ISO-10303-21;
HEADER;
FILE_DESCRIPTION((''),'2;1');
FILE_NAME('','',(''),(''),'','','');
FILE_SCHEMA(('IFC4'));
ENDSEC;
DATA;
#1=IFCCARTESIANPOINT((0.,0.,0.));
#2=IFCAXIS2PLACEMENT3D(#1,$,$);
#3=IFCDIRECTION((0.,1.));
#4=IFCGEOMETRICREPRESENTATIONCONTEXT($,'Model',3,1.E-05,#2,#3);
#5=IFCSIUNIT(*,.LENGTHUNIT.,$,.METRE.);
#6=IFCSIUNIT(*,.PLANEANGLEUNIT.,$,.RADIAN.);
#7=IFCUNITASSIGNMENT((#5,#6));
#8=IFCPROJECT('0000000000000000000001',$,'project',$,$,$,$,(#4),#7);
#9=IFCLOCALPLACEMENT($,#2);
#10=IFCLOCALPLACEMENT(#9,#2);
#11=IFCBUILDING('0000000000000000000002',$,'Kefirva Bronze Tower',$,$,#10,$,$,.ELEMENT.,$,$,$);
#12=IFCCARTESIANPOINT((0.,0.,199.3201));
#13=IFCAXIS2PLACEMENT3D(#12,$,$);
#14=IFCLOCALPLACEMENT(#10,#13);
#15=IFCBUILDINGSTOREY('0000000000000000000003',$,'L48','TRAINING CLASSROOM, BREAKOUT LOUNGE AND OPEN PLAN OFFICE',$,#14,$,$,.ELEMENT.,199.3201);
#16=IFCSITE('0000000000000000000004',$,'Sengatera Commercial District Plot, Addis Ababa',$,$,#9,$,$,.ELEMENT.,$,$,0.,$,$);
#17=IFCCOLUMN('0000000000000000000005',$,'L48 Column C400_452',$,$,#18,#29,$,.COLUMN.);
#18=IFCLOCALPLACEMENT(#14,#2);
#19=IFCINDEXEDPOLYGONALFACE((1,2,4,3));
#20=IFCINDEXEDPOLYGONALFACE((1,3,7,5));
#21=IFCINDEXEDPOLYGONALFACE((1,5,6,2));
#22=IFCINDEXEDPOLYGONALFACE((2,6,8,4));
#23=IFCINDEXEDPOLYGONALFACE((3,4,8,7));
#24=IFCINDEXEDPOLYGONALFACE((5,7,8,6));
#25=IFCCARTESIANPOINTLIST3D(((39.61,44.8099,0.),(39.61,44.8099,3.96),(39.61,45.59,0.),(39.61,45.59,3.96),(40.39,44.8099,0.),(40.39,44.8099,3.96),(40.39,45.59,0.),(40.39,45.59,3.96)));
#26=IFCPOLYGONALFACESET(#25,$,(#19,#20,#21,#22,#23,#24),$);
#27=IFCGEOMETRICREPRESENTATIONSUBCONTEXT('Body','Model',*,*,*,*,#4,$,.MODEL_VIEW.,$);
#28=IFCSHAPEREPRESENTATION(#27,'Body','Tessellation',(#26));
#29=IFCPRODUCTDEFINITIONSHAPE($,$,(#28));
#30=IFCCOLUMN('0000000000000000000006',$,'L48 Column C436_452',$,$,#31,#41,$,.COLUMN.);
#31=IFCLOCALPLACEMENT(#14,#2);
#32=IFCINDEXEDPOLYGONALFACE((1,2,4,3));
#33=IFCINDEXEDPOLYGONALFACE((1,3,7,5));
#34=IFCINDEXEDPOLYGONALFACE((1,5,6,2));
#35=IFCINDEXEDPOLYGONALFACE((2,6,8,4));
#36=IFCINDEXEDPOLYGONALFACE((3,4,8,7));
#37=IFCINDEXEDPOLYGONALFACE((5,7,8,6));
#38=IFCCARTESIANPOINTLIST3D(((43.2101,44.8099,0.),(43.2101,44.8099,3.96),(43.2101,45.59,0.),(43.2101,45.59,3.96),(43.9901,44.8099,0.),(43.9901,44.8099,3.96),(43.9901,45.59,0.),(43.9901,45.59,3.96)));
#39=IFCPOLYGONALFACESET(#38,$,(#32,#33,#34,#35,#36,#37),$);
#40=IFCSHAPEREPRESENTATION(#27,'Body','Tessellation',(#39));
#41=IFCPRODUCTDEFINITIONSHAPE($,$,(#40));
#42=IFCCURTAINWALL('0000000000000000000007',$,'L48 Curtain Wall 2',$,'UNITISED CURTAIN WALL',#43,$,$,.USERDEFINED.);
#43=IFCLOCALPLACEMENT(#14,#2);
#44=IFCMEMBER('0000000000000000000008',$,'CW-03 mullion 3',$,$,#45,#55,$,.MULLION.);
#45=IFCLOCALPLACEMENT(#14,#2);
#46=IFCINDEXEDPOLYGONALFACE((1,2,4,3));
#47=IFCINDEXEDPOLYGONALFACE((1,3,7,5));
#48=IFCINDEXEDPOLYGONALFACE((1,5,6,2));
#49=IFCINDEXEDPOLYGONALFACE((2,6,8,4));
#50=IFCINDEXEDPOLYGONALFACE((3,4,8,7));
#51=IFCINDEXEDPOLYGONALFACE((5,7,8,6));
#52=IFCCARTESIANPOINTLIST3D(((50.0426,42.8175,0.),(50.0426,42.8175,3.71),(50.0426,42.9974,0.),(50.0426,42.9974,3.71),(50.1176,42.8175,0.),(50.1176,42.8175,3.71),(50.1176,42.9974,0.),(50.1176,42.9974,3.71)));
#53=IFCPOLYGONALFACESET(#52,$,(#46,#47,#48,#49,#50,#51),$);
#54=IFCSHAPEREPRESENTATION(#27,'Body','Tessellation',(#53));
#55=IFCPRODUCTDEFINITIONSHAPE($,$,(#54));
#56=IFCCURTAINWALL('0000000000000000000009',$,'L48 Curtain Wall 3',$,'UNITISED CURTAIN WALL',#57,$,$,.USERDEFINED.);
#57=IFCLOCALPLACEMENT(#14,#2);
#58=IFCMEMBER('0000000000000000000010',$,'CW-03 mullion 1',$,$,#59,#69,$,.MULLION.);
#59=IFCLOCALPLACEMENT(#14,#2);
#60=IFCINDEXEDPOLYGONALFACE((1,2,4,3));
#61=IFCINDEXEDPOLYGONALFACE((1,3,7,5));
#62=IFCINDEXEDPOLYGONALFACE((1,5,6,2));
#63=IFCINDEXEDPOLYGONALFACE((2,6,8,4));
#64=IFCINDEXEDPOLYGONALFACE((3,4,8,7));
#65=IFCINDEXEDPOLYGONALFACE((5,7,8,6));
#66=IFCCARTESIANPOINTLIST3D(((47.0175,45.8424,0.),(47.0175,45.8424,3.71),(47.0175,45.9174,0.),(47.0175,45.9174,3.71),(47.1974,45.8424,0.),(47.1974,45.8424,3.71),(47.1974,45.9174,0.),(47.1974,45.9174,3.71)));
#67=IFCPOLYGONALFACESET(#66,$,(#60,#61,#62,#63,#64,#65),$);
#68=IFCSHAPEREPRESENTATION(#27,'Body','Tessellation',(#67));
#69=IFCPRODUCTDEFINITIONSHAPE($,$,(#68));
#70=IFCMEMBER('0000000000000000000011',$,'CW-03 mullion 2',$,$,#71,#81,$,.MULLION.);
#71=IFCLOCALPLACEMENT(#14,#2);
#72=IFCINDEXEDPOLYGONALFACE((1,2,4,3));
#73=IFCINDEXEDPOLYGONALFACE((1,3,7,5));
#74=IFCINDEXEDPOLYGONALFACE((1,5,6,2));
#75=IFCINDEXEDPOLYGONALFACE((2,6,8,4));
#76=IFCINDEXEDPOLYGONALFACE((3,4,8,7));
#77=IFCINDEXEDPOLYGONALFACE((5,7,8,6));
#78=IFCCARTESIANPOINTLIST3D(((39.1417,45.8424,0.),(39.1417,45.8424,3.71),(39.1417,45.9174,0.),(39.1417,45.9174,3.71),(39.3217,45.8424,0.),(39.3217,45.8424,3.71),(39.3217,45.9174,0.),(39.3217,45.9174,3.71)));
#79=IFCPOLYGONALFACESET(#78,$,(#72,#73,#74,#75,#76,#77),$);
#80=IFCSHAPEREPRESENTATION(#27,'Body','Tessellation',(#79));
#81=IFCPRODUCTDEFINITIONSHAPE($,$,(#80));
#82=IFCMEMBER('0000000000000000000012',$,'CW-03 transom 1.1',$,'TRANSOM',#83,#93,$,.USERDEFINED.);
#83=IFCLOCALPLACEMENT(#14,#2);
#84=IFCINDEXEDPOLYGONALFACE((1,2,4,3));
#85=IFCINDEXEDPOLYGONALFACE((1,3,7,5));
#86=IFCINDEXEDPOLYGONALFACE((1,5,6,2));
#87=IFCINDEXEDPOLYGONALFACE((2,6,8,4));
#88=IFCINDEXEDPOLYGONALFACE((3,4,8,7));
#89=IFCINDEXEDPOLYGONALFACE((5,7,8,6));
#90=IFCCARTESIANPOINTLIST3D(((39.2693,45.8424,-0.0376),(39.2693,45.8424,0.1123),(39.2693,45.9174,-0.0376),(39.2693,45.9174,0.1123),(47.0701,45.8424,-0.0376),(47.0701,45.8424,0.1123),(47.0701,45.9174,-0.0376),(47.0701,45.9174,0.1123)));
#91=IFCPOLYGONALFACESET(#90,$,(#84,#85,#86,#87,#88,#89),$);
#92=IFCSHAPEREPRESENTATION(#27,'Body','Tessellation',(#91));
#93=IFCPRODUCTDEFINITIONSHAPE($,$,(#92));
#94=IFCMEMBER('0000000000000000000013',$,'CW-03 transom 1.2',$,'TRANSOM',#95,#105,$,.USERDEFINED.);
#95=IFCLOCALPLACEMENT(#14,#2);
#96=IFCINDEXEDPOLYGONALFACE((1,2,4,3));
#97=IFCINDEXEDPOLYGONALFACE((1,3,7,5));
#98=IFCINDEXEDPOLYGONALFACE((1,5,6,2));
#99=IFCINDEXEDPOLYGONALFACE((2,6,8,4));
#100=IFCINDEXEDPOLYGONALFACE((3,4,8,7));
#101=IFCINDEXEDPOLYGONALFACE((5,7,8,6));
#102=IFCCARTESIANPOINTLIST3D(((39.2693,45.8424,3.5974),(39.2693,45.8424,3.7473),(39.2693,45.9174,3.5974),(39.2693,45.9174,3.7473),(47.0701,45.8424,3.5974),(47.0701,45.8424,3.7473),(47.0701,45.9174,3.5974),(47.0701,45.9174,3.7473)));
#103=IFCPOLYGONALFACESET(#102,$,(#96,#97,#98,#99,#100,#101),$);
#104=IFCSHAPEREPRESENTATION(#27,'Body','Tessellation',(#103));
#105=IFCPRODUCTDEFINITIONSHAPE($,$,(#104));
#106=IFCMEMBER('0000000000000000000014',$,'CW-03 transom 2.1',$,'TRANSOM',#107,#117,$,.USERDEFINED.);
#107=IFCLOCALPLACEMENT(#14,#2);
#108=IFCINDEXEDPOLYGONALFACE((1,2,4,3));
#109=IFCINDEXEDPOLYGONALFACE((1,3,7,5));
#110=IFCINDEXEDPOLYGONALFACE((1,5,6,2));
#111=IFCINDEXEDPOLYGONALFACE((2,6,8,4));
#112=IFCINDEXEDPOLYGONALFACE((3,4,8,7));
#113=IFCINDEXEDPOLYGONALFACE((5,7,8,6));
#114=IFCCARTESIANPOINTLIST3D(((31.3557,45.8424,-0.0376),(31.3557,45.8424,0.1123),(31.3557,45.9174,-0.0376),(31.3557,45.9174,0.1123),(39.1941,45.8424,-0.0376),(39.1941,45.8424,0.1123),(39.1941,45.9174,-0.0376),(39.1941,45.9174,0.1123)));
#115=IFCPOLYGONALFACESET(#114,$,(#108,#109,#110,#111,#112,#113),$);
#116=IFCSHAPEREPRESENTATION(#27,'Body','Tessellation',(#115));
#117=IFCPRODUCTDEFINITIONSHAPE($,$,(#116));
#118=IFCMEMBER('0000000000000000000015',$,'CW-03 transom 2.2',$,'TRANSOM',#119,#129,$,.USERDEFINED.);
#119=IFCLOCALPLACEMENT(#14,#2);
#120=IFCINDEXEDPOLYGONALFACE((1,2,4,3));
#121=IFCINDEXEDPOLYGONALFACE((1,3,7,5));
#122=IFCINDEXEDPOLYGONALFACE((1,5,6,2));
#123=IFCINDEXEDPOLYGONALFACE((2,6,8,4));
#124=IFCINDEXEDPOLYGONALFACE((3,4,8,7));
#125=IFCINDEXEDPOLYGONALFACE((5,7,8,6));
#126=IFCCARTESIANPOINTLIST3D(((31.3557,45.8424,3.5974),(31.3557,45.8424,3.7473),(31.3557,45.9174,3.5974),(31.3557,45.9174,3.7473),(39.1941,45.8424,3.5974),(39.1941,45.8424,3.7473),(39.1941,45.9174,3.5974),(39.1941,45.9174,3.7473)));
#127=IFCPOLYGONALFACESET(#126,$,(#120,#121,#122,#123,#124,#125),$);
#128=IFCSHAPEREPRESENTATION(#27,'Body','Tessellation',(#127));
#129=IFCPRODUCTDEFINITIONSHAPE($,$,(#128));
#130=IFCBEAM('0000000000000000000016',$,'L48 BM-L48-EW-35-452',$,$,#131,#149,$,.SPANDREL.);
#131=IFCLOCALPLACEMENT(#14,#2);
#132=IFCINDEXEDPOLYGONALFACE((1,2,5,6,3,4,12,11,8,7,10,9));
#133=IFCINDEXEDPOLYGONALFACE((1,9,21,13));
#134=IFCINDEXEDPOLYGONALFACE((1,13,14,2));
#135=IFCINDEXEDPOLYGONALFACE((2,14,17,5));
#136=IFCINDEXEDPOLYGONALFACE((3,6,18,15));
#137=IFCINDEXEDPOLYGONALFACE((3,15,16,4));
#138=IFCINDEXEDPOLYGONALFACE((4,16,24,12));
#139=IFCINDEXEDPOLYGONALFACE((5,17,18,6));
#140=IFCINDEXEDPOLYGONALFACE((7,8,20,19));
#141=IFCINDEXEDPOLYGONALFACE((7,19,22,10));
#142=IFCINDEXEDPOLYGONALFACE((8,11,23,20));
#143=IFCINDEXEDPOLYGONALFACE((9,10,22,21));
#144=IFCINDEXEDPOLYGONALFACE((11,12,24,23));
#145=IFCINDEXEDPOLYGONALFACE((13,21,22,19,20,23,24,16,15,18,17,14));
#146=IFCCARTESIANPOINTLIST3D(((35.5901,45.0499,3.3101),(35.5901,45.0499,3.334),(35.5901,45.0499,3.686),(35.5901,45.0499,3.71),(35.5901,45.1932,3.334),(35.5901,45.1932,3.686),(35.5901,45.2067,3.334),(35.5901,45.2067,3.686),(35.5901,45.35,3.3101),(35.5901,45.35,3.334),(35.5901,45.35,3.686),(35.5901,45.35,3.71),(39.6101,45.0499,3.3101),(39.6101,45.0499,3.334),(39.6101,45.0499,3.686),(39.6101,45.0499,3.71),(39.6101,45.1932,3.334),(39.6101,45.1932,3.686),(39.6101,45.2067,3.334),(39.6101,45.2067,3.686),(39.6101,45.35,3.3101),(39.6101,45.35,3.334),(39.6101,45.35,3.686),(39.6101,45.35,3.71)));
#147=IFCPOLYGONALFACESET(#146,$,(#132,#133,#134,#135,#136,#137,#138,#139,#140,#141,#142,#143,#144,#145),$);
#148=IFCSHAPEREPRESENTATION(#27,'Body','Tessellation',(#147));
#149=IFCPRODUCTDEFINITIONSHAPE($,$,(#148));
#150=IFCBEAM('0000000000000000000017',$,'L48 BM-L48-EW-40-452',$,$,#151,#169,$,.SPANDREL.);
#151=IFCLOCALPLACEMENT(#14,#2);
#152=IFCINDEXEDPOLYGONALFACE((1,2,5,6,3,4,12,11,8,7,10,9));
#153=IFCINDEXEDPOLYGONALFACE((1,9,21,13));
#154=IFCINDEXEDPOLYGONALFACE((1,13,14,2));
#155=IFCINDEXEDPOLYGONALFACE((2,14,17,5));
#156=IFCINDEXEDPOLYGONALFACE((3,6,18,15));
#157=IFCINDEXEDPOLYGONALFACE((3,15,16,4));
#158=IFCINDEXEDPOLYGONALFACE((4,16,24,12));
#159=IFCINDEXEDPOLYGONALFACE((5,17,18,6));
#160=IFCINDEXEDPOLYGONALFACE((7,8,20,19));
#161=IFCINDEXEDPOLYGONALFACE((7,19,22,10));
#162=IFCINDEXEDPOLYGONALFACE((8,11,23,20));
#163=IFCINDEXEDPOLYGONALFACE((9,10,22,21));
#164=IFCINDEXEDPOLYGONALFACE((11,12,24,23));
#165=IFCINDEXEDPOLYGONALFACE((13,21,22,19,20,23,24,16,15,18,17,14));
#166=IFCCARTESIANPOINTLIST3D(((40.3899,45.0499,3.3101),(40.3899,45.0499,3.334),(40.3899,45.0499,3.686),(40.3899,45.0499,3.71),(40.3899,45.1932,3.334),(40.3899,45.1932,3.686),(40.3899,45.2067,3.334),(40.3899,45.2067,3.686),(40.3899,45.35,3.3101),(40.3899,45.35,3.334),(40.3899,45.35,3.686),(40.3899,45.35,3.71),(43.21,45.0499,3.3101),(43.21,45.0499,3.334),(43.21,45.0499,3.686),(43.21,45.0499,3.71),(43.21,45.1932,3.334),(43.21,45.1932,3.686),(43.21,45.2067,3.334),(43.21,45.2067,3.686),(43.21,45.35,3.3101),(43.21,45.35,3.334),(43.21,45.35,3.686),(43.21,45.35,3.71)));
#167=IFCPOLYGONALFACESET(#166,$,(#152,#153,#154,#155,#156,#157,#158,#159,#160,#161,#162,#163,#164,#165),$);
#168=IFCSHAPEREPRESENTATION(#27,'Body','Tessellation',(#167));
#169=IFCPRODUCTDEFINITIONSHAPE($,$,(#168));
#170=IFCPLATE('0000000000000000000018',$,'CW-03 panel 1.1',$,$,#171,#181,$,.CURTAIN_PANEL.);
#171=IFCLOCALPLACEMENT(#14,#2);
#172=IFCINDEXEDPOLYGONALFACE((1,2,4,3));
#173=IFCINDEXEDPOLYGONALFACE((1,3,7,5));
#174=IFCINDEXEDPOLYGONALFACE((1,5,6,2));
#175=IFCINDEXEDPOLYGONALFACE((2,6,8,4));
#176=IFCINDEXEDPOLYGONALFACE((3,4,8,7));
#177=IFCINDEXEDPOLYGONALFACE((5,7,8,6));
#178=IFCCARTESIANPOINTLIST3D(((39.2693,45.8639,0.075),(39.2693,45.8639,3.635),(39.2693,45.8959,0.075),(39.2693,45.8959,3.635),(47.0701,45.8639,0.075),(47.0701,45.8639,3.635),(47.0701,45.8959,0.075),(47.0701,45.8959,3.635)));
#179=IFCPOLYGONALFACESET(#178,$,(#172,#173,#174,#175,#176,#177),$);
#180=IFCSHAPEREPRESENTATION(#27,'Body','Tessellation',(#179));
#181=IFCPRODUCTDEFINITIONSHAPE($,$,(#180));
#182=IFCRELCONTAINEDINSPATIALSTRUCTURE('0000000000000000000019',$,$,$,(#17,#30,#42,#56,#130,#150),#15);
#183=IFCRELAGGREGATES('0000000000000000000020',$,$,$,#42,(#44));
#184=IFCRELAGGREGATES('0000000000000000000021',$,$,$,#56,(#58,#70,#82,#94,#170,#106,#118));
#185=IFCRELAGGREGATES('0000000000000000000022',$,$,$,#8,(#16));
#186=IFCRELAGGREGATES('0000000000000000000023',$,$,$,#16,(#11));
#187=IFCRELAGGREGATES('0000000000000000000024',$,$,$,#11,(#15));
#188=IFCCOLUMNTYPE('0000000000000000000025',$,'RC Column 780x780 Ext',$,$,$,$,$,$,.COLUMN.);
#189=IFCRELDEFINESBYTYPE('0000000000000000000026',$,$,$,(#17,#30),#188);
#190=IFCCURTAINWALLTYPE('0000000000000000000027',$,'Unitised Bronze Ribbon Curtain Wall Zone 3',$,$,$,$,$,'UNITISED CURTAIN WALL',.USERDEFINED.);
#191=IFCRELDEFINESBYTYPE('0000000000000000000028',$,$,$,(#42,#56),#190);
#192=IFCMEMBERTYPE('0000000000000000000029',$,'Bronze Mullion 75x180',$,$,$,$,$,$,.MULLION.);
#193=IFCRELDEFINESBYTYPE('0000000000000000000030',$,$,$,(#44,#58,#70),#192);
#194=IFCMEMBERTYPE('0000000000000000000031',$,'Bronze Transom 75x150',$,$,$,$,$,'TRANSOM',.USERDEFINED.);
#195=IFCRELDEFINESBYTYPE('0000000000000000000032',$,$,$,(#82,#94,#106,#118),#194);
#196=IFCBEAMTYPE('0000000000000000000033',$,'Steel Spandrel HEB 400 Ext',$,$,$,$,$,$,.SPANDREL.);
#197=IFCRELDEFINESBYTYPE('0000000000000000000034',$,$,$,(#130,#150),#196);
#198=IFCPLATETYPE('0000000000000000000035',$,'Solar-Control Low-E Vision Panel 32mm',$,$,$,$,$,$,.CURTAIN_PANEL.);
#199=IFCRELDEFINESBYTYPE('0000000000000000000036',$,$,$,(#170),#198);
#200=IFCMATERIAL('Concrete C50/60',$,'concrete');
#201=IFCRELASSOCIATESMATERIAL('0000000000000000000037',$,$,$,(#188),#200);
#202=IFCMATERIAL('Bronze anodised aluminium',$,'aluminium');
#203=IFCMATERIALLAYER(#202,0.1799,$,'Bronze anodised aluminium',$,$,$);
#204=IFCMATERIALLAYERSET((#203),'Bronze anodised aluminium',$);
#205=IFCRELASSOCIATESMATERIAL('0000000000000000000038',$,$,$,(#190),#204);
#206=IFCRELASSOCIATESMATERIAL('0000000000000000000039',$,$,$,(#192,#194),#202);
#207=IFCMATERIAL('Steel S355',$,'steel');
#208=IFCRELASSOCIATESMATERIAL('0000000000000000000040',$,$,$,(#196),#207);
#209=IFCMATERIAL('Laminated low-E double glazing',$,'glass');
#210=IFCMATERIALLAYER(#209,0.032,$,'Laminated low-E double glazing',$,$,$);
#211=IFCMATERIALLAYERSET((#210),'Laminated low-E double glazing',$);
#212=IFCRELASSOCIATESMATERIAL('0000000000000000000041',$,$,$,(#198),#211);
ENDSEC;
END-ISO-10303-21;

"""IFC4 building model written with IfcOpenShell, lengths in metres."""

from ifc_helpers import new_model, si_unit, direction, frame, origin, origin_2d, place, context, subcontext, project, spatial, rectangle, i_section, extrude, material, layer, layer_set, material_profile, profile_set, type_object, element, aggregate, save


model = new_model("IFC4")

# Units and contexts
model_context = context("Model", 3, precision=1e-05, world=origin(), true_north=direction((0.0, 1.0)))
body_context = subcontext(model_context, "Body", "Model", "MODEL_VIEW")
ifc_project = project(units=[si_unit("LENGTHUNIT", "METRE"), si_unit("PLANEANGLEUNIT", "RADIAN")], contexts=[model_context])

# Site, building, storey
site_placement = place(None, origin())
site = spatial("IfcSite", under=ifc_project, at=site_placement, Name="Sengatera Commercial District Plot, Addis Ababa", CompositionType="ELEMENT", RefElevation=0.0)
building_placement = place(site_placement, origin())
building = spatial("IfcBuilding", under=site, at=building_placement, Name="Kefirva Bronze Tower", CompositionType="ELEMENT")
storey_placement = place(building_placement, frame((0.0, 0.0, 199.3201)))
storey = spatial("IfcBuildingStorey", under=building, at=storey_placement, Name="L48", Description="TRAINING CLASSROOM, BREAKOUT LOUNGE AND OPEN PLAN OFFICE", CompositionType="ELEMENT", Elevation=199.3201)

# Columns
ifc_material_1 = material(Name="Concrete C50/60", Category="concrete")
ifc_material_profile_1 = material_profile(ifc_material_1, rectangle(XDim=0.78, YDim=0.78, at=origin_2d()), Name="RC 780x780")
ifc_profile_set_1 = profile_set([ifc_material_profile_1], Name="Concrete C50/60")
column_type = type_object("IfcColumnType", Name="RC Column 780x780 Ext", PredefinedType="COLUMN", material=ifc_profile_set_1)
for number, where, z_axis, x_axis, name in (
    (1, (40.0, 45.2, 0.0), (0.0, 0.0, 1.0), (1.0, 0.0, 0.0), "L48 Column C400_452"),
    (2, (43.6001, 45.2, 0.0), (0.0, 0.0, 1.0), (1.0, 0.0, 0.0), "L48 Column C436_452"),
):
    element("IfcColumn", number, at=place(storey_placement, frame(where, z_axis=z_axis, x_axis=x_axis)), inside=storey, type_object=column_type, Name=name, PredefinedType="COLUMN", context=body_context, shape_type="SweptSolid", body=[
        extrude(rectangle(XDim=0.78, YDim=0.78, at=origin_2d()), origin(), (0.0, 0.0, 1.0), 3.96),
    ])

# Curtain wall, member
ifc_material_2 = material(Name="Bronze anodised aluminium", Category="aluminium")
ifc_layer_1 = layer(ifc_material_2, 0.1799, Name="Bronze anodised aluminium")
ifc_layer_set_1 = layer_set([ifc_layer_1], Name="Bronze anodised aluminium")
curtain_wall_type = type_object("IfcCurtainWallType", Name="Unitised Bronze Ribbon Curtain Wall Zone 3", ElementType="UNITISED CURTAIN WALL", PredefinedType="USERDEFINED", material=ifc_layer_set_1)
curtain_wall_1_placement = place(storey_placement, origin())
curtain_wall_1 = element("IfcCurtainWall", 3, at=curtain_wall_1_placement, inside=storey, type_object=curtain_wall_type, Name="L48 Curtain Wall 2", ObjectType="UNITISED CURTAIN WALL", PredefinedType="USERDEFINED")
ifc_material_profile_2 = material_profile(ifc_material_2, rectangle(XDim=0.075, YDim=0.1799, at=origin_2d()), Name="ALU 75x180")
ifc_profile_set_2 = profile_set([ifc_material_profile_2], Name="Bronze anodised aluminium")
member_type_1 = type_object("IfcMemberType", Name="Bronze Mullion 75x180", PredefinedType="MULLION", material=ifc_profile_set_2)
member_1_placement = place(storey_placement, frame((50.0801, 42.9075, 0.0), z_axis=(0.0, 0.0, 1.0), x_axis=(-1.0, 0.0, 0.0)))
member_1 = element("IfcMember", 4, at=member_1_placement, type_object=member_type_1, Name="CW-03 mullion 3", PredefinedType="MULLION", context=body_context, shape_type="SweptSolid", body=[
    extrude(rectangle(XDim=0.075, YDim=0.1799, at=origin_2d()), origin(), (0.0, 0.0, 1.0), 3.71),
])
aggregate(curtain_wall_1, [member_1])

# Curtain wall, members
curtain_wall_2_placement = place(storey_placement, origin())
curtain_wall_2 = element("IfcCurtainWall", 5, at=curtain_wall_2_placement, inside=storey, type_object=curtain_wall_type, Name="L48 Curtain Wall 3", ObjectType="UNITISED CURTAIN WALL", PredefinedType="USERDEFINED")
member_2_placement = place(storey_placement, frame((47.1074, 45.8799, 0.0), z_axis=(0.0, 0.0, 1.0), x_axis=(0.0, -1.0, 0.0)))
member_2 = element("IfcMember", 6, at=member_2_placement, type_object=member_type_1, Name="CW-03 mullion 1", PredefinedType="MULLION", context=body_context, shape_type="SweptSolid", body=[
    extrude(rectangle(XDim=0.075, YDim=0.1799, at=origin_2d()), origin(), (0.0, 0.0, 1.0), 3.71),
])
member_3_placement = place(storey_placement, frame((39.2317, 45.8799, 0.0), z_axis=(0.0, 0.0, 1.0), x_axis=(0.0, -1.0, 0.0)))
member_3 = element("IfcMember", 7, at=member_3_placement, type_object=member_type_1, Name="CW-03 mullion 2", PredefinedType="MULLION", context=body_context, shape_type="SweptSolid", body=[
    extrude(rectangle(XDim=0.075, YDim=0.1799, at=origin_2d()), origin(), (0.0, 0.0, 1.0), 3.71),
])
ifc_material_profile_3 = material_profile(ifc_material_2, rectangle(XDim=0.075, YDim=0.1499, at=origin_2d()), Name="ALU 75x150")
ifc_profile_set_3 = profile_set([ifc_material_profile_3], Name="Bronze anodised aluminium")
member_type_2 = type_object("IfcMemberType", Name="Bronze Transom 75x150", ElementType="TRANSOM", PredefinedType="USERDEFINED", material=ifc_profile_set_3)
member_4_placement = place(storey_placement, frame((47.0701, 45.8799, 0.0374), z_axis=(-1.0, 0.0, 0.0), x_axis=(0.0, -1.0, 0.0)))
member_4 = element("IfcMember", 8, at=member_4_placement, type_object=member_type_2, Name="CW-03 transom 1.1", ObjectType="TRANSOM", PredefinedType="USERDEFINED", context=body_context, shape_type="SweptSolid", body=[
    extrude(rectangle(XDim=0.075, YDim=0.1499, at=origin_2d()), origin(), (0.0, 0.0, 1.0), 7.8008),
])
member_5_placement = place(storey_placement, frame((47.0701, 45.8799, 3.6724), z_axis=(-1.0, 0.0, 0.0), x_axis=(0.0, -1.0, 0.0)))
member_5 = element("IfcMember", 9, at=member_5_placement, type_object=member_type_2, Name="CW-03 transom 1.2", ObjectType="TRANSOM", PredefinedType="USERDEFINED", context=body_context, shape_type="SweptSolid", body=[
    extrude(rectangle(XDim=0.075, YDim=0.1499, at=origin_2d()), origin(), (0.0, 0.0, 1.0), 7.8008),
])
member_6_placement = place(storey_placement, frame((39.1941, 45.8799, 0.0374), z_axis=(-1.0, 0.0, 0.0), x_axis=(0.0, -1.0, 0.0)))
member_6 = element("IfcMember", 10, at=member_6_placement, type_object=member_type_2, Name="CW-03 transom 2.1", ObjectType="TRANSOM", PredefinedType="USERDEFINED", context=body_context, shape_type="SweptSolid", body=[
    extrude(rectangle(XDim=0.075, YDim=0.1499, at=origin_2d()), origin(), (0.0, 0.0, 1.0), 7.8384),
])
member_7_placement = place(storey_placement, frame((39.1941, 45.8799, 3.6724), z_axis=(-1.0, 0.0, 0.0), x_axis=(0.0, -1.0, 0.0)))
member_7 = element("IfcMember", 11, at=member_7_placement, type_object=member_type_2, Name="CW-03 transom 2.2", ObjectType="TRANSOM", PredefinedType="USERDEFINED", context=body_context, shape_type="SweptSolid", body=[
    extrude(rectangle(XDim=0.075, YDim=0.1499, at=origin_2d()), origin(), (0.0, 0.0, 1.0), 7.8384),
])

# Beams
ifc_material_3 = material(Name="Steel S355", Category="steel")
ifc_material_profile_4 = material_profile(ifc_material_3, i_section(OverallWidth=0.3, OverallDepth=0.3999, WebThickness=0.0134, FlangeThickness=0.0239, at=origin_2d()), Name="HEB 400")
ifc_profile_set_4 = profile_set([ifc_material_profile_4], Name="Steel S355")
beam_type = type_object("IfcBeamType", Name="Steel Spandrel HEB 400 Ext", PredefinedType="SPANDREL", material=ifc_profile_set_4)
beam_1_placement = place(storey_placement, frame((35.5901, 45.2, 3.51), z_axis=(1.0, 0.0, 0.0), x_axis=(0.0, 1.0, 0.0)))
element("IfcBeam", 12, at=beam_1_placement, inside=storey, type_object=beam_type, Name="L48 BM-L48-EW-35-452", PredefinedType="SPANDREL", context=body_context, shape_type="SweptSolid", body=[
    extrude(i_section(OverallWidth=0.3, OverallDepth=0.3999, WebThickness=0.0134, FlangeThickness=0.0239, at=origin_2d()), origin(), (0.0, 0.0, 1.0), 4.02),
])
beam_2_placement = place(storey_placement, frame((40.3899, 45.2, 3.51), z_axis=(1.0, 0.0, 0.0), x_axis=(0.0, 1.0, 0.0)))
element("IfcBeam", 13, at=beam_2_placement, inside=storey, type_object=beam_type, Name="L48 BM-L48-EW-40-452", PredefinedType="SPANDREL", context=body_context, shape_type="SweptSolid", body=[
    extrude(i_section(OverallWidth=0.3, OverallDepth=0.3999, WebThickness=0.0134, FlangeThickness=0.0239, at=origin_2d()), origin(), (0.0, 0.0, 1.0), 2.8201),
])

# Plate
ifc_material_4 = material(Name="Laminated low-E double glazing", Category="glass")
ifc_layer_2 = layer(ifc_material_4, 0.032, Name="Laminated low-E double glazing")
ifc_layer_set_2 = layer_set([ifc_layer_2], Name="Laminated low-E double glazing")
plate_type = type_object("IfcPlateType", Name="Solar-Control Low-E Vision Panel 32mm", PredefinedType="CURTAIN_PANEL", material=ifc_layer_set_2)
plate_placement = place(storey_placement, frame((43.1697, 45.8799, 0.075), z_axis=(0.0, 0.0, 1.0), x_axis=(-1.0, 0.0, 0.0)))
plate = element("IfcPlate", 14, at=plate_placement, type_object=plate_type, Name="CW-03 panel 1.1", PredefinedType="CURTAIN_PANEL", context=body_context, shape_type="SweptSolid", body=[
    extrude(rectangle(XDim=7.8008, YDim=0.032, at=origin_2d()), origin(), (0.0, 0.0, 1.0), 3.5601),
])
aggregate(curtain_wall_2, [member_2, member_3, member_4, member_5, plate, member_6, member_7])

save(model, "model.ifc")
